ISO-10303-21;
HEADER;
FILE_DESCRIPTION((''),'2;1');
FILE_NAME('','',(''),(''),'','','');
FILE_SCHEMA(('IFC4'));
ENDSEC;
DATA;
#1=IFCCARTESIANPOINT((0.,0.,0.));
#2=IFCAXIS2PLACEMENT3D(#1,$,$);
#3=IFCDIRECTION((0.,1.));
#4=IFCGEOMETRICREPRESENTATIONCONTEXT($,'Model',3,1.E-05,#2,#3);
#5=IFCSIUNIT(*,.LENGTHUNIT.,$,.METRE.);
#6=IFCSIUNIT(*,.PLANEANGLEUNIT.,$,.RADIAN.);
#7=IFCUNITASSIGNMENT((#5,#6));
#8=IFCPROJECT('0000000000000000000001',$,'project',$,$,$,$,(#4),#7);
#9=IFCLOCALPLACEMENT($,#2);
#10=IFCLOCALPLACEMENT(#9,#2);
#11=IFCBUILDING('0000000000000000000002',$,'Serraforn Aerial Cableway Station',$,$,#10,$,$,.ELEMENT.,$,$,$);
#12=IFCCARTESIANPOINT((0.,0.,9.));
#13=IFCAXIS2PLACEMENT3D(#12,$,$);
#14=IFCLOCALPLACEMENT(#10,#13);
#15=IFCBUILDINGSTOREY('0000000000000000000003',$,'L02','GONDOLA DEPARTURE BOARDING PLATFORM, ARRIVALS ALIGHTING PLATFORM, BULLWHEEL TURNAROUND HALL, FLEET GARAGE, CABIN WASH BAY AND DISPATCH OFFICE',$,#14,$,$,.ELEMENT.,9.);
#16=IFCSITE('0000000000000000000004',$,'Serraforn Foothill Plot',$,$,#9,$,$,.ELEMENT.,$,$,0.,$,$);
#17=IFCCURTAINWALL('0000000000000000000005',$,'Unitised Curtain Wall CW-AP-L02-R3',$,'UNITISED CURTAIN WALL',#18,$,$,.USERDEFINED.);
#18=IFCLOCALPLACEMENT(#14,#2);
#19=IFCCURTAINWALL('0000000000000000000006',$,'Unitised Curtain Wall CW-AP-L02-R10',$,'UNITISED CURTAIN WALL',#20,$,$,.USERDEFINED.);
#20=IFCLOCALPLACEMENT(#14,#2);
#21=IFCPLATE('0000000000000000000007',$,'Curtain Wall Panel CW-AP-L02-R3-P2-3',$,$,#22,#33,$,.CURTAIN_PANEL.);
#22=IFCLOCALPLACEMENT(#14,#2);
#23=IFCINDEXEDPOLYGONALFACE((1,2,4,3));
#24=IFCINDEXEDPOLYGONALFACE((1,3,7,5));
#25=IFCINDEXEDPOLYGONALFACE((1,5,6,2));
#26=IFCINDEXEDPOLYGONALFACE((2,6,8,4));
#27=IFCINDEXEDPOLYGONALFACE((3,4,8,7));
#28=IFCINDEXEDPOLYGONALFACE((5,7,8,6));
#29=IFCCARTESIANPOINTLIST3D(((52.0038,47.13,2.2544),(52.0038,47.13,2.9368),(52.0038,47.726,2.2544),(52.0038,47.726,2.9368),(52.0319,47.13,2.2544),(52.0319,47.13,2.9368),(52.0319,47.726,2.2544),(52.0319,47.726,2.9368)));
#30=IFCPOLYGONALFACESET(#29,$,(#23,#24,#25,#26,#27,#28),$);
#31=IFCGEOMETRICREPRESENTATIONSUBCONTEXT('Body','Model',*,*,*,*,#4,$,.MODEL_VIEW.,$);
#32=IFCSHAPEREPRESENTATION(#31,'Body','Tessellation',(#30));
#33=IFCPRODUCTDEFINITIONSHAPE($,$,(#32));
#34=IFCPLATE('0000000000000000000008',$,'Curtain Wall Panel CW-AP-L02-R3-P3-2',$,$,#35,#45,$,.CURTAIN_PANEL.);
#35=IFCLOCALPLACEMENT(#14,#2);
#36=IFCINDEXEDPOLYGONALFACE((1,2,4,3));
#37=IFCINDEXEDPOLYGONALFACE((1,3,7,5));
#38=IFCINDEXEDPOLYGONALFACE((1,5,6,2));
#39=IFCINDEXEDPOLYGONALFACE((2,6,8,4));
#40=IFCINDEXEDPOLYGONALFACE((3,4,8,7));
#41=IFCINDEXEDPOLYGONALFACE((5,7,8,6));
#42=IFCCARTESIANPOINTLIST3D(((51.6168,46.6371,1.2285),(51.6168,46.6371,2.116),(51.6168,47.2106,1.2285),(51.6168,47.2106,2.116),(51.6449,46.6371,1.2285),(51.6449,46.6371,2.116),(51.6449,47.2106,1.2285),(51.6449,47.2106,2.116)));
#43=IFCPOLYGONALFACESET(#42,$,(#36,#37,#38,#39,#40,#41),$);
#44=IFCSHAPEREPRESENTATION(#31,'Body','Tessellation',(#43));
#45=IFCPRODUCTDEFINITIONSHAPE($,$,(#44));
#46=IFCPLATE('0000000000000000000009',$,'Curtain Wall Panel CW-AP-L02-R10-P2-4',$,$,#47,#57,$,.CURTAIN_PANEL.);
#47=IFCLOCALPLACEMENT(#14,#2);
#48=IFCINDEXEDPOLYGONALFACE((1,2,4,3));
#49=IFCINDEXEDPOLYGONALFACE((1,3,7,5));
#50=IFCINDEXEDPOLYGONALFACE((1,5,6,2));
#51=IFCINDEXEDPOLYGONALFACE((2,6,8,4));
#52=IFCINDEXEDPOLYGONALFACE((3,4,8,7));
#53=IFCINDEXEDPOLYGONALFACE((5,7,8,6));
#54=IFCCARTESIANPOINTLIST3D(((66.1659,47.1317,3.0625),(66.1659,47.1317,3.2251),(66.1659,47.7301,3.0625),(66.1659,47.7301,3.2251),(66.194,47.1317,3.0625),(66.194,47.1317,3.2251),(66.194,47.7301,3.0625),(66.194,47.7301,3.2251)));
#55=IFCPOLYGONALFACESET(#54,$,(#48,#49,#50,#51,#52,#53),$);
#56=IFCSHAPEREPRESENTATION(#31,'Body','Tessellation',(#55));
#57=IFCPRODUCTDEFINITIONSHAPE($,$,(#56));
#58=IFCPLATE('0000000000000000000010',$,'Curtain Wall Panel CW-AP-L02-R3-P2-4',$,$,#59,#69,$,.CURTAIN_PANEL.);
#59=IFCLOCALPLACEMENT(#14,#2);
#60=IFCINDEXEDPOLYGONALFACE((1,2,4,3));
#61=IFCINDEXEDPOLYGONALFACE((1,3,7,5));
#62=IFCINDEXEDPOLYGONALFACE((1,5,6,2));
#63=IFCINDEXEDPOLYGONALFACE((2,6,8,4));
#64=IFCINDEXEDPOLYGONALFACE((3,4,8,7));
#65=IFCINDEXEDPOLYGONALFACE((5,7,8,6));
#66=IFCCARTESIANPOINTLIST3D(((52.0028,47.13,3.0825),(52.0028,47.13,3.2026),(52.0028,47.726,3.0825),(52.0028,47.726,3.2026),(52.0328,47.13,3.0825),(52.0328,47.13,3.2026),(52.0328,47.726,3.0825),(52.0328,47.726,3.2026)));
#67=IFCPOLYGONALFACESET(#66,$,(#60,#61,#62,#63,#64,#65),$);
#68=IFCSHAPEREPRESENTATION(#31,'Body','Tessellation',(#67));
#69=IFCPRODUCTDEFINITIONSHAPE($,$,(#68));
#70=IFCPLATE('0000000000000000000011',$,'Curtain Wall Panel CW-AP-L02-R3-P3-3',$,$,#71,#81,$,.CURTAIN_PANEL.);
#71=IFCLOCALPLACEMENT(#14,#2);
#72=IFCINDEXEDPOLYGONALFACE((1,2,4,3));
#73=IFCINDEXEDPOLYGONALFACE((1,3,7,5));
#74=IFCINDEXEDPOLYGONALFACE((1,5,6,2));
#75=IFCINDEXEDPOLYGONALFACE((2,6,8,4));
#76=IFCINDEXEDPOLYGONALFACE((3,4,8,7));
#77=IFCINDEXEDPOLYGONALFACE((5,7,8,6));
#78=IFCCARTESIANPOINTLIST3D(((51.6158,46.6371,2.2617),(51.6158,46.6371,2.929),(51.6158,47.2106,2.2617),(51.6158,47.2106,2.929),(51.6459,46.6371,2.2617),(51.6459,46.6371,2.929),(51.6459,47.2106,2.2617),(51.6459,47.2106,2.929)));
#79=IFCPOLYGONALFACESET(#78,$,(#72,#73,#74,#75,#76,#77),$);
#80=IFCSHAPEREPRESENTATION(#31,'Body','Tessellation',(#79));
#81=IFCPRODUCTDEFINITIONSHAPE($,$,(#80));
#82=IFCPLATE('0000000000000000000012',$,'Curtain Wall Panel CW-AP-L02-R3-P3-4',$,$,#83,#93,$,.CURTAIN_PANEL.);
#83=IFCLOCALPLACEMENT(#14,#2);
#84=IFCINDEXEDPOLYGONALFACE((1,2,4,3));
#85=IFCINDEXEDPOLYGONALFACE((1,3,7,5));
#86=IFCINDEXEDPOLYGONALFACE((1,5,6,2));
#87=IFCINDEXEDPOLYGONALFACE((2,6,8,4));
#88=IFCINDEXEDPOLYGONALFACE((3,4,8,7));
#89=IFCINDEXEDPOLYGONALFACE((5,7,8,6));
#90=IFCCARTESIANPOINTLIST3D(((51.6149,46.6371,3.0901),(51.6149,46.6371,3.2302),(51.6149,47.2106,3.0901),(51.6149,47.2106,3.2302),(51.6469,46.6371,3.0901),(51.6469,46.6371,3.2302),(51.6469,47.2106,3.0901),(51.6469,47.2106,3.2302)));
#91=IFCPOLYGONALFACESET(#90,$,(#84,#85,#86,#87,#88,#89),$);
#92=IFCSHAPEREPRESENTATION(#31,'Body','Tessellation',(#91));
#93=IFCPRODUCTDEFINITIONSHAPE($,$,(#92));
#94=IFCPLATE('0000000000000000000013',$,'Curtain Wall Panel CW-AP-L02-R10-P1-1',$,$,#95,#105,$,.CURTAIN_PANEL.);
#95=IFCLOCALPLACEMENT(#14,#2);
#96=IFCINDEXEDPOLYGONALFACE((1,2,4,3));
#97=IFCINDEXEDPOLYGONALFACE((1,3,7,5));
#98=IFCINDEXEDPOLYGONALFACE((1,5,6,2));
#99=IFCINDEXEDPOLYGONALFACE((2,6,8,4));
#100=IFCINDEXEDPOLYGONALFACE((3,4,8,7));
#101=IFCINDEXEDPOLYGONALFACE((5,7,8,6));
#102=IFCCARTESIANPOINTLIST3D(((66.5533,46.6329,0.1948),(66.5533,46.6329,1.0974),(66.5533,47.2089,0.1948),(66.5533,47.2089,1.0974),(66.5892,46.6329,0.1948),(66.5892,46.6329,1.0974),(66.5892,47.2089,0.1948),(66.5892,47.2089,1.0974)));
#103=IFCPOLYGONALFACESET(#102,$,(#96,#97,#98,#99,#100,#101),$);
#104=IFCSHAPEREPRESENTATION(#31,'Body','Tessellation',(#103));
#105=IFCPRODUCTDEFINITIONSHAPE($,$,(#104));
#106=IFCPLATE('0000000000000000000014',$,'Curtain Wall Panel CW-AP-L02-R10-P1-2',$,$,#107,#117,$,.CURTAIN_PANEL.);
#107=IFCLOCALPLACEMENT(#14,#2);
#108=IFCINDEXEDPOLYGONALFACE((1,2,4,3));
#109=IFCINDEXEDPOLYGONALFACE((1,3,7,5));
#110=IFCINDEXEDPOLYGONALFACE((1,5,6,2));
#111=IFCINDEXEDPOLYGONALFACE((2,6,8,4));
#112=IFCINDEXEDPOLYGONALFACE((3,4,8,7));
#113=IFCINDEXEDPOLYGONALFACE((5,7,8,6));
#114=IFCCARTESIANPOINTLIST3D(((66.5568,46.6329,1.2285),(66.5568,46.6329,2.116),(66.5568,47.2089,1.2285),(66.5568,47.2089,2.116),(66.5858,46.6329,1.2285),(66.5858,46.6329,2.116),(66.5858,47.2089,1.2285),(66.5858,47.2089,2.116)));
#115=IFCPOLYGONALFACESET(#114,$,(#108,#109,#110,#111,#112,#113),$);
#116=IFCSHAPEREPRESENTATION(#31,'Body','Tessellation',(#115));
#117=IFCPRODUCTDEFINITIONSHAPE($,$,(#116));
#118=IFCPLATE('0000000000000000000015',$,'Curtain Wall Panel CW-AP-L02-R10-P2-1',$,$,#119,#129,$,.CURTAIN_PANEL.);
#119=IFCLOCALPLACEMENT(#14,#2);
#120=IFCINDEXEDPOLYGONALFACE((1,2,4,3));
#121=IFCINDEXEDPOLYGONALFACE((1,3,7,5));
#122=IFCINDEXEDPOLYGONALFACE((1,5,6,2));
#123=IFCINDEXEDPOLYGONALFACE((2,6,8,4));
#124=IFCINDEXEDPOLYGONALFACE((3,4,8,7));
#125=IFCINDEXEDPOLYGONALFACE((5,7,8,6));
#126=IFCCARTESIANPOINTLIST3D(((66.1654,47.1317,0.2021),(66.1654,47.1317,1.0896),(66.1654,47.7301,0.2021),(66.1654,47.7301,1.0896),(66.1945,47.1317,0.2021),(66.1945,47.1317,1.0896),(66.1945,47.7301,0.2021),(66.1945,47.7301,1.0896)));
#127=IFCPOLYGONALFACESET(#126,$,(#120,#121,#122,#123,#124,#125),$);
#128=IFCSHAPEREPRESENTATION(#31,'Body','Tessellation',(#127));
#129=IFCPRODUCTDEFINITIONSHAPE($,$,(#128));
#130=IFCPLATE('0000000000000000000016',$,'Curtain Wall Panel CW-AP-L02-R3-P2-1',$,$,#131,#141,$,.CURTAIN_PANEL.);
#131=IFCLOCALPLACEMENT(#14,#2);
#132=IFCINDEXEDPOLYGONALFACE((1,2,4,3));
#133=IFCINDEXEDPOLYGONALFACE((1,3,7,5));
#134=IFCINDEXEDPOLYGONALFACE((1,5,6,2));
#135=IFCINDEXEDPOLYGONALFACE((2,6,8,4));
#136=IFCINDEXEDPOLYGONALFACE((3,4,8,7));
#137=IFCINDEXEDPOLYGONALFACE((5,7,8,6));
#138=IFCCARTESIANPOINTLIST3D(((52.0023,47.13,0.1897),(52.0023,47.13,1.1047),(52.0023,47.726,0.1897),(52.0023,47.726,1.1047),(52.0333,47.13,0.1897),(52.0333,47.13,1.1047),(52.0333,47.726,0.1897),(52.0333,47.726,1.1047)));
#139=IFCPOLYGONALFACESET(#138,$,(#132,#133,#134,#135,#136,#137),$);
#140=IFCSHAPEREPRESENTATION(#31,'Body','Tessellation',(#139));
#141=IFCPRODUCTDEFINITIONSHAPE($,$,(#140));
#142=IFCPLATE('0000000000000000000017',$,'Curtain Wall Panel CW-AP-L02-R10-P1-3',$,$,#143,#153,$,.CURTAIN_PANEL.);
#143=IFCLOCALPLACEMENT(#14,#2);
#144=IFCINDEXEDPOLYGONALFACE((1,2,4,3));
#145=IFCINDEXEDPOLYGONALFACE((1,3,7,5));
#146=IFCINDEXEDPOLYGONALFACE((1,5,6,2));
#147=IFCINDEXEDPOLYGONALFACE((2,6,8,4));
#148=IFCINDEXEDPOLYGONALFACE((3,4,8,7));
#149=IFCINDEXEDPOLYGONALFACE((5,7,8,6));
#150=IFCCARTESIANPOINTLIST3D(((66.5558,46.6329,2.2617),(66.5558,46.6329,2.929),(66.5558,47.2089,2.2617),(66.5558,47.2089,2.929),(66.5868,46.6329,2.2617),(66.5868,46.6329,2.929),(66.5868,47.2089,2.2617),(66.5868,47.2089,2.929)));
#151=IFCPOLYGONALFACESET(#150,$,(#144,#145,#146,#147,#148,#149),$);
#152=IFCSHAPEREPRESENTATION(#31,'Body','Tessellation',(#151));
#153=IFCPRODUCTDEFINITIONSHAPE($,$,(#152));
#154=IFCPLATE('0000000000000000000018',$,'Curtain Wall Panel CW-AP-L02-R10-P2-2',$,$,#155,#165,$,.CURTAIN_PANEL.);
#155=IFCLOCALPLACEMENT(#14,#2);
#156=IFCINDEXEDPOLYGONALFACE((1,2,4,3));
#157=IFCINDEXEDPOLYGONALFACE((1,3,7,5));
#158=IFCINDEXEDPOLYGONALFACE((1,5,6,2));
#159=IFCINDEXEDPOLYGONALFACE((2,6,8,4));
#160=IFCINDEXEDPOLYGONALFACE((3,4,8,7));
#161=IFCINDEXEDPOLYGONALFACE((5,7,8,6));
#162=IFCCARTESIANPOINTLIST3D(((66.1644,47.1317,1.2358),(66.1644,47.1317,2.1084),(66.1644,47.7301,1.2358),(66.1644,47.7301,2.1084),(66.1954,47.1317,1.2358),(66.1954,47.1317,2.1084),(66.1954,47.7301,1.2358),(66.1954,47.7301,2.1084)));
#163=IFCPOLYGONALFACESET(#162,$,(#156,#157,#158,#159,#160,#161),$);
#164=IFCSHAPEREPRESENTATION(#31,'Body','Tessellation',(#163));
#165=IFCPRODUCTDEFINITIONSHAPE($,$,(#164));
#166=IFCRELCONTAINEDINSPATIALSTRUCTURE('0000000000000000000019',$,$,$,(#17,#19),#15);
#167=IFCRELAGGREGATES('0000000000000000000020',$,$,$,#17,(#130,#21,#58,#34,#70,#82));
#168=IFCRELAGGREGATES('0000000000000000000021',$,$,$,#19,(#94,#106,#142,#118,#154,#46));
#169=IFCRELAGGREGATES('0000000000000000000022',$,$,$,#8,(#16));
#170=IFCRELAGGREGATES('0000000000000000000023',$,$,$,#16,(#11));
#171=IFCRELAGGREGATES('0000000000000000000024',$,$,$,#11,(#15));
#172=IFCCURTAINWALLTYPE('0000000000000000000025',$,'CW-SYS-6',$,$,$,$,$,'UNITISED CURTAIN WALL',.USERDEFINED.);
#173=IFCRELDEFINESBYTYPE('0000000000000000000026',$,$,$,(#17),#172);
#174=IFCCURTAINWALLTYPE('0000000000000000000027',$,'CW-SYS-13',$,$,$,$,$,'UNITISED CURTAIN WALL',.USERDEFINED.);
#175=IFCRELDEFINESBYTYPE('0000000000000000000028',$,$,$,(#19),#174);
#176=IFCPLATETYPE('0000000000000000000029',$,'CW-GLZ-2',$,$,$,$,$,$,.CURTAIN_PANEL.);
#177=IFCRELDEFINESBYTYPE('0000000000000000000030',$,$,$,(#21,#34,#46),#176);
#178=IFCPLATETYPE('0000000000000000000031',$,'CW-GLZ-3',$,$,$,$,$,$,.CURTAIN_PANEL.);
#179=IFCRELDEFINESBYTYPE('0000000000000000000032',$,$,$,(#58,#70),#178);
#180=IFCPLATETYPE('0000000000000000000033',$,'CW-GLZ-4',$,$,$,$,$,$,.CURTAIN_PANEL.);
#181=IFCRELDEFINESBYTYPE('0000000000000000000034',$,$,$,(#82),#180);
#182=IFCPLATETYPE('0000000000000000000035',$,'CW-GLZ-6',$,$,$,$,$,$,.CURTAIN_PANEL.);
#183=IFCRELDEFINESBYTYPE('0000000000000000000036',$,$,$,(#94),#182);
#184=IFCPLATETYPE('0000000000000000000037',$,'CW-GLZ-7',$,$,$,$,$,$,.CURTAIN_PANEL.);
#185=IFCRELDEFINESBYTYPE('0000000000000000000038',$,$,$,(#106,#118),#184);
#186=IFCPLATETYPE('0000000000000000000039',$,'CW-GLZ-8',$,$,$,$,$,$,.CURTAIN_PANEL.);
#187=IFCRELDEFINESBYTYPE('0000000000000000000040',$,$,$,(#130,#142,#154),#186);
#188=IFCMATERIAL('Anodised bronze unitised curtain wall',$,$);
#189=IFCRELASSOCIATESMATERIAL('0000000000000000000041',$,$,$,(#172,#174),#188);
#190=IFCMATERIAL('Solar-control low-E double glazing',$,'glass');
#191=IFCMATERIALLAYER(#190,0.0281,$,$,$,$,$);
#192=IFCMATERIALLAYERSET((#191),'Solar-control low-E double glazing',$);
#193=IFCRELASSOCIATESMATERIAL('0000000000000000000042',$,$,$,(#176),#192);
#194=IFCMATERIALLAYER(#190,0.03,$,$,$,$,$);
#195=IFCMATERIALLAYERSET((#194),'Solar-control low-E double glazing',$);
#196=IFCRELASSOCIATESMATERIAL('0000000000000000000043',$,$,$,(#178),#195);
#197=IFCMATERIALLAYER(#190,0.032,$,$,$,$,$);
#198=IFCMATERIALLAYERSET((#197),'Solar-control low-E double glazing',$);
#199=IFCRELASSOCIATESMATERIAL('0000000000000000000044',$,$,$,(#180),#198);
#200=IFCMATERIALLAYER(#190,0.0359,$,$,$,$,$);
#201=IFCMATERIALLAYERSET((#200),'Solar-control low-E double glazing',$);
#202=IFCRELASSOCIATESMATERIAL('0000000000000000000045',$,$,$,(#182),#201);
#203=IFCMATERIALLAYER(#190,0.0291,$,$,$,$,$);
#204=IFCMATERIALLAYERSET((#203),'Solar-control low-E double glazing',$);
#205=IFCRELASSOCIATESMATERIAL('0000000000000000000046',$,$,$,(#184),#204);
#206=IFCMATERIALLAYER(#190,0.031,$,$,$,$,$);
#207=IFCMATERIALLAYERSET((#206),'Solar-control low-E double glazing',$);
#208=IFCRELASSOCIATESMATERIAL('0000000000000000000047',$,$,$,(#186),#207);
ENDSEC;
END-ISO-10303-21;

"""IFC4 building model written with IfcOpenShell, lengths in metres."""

from ifc_helpers import new_model, si_unit, direction, frame, origin, origin_2d, place, context, subcontext, project, spatial, rectangle, extrude, material, layer, layer_set, type_object, element, aggregate, save


model = new_model("IFC4")

# Units and contexts
model_context = context("Model", 3, precision=1e-05, world=origin(), true_north=direction((0.0, 1.0)))
body_context = subcontext(model_context, "Body", "Model", "MODEL_VIEW")
ifc_project = project(units=[si_unit("LENGTHUNIT", "METRE"), si_unit("PLANEANGLEUNIT", "RADIAN")], contexts=[model_context])

# Site, building, storey
site_placement = place(None, origin())
site = spatial("IfcSite", under=ifc_project, at=site_placement, Name="Serraforn Foothill Plot", CompositionType="ELEMENT", RefElevation=0.0)
building_placement = place(site_placement, origin())
building = spatial("IfcBuilding", under=site, at=building_placement, Name="Serraforn Aerial Cableway Station", CompositionType="ELEMENT")
storey_placement = place(building_placement, frame((0.0, 0.0, 9.0)))
storey = spatial("IfcBuildingStorey", under=building, at=storey_placement, Name="L02", Description="GONDOLA DEPARTURE BOARDING PLATFORM, ARRIVALS ALIGHTING PLATFORM, BULLWHEEL TURNAROUND HALL, FLEET GARAGE, CABIN WASH BAY AND DISPATCH OFFICE", CompositionType="ELEMENT", Elevation=9.0)

# Curtain walls
ifc_material_1 = material(Name="Anodised bronze unitised curtain wall")
curtain_wall_type_1 = type_object("IfcCurtainWallType", Name="CW-SYS-6", ElementType="UNITISED CURTAIN WALL", PredefinedType="USERDEFINED", material=ifc_material_1)
curtain_wall_1_placement = place(storey_placement, origin())
curtain_wall_1 = element("IfcCurtainWall", 1, at=curtain_wall_1_placement, inside=storey, type_object=curtain_wall_type_1, Name="Unitised Curtain Wall CW-AP-L02-R3", ObjectType="UNITISED CURTAIN WALL", PredefinedType="USERDEFINED")
curtain_wall_type_2 = type_object("IfcCurtainWallType", Name="CW-SYS-13", ElementType="UNITISED CURTAIN WALL", PredefinedType="USERDEFINED", material=ifc_material_1)
curtain_wall_2_placement = place(storey_placement, origin())
curtain_wall_2 = element("IfcCurtainWall", 2, at=curtain_wall_2_placement, inside=storey, type_object=curtain_wall_type_2, Name="Unitised Curtain Wall CW-AP-L02-R10", ObjectType="UNITISED CURTAIN WALL", PredefinedType="USERDEFINED")

# Plates
ifc_material_2 = material(Name="Solar-control low-E double glazing", Category="glass")
ifc_layer_1 = layer(ifc_material_2, 0.0281)
ifc_layer_set_1 = layer_set([ifc_layer_1], Name="Solar-control low-E double glazing")
plate_type_1 = type_object("IfcPlateType", Name="CW-GLZ-2", PredefinedType="CURTAIN_PANEL", material=ifc_layer_set_1)
plate_1_placement = place(storey_placement, frame((52.0178, 47.428, 2.2544), z_axis=(0.0, 0.0, 1.0), x_axis=(1.0, 0.0, 0.0)))
plate_1 = element("IfcPlate", 3, at=plate_1_placement, type_object=plate_type_1, Name="Curtain Wall Panel CW-AP-L02-R3-P2-3", PredefinedType="CURTAIN_PANEL", context=body_context, shape_type="SweptSolid", body=[
    extrude(rectangle(XDim=0.0281, YDim=0.5959, at=origin_2d()), origin(), (0.0, 0.0, 1.0), 0.6824),
])
plate_2_placement = place(storey_placement, frame((51.6309, 46.9238, 1.2285), z_axis=(0.0, 0.0, 1.0), x_axis=(1.0, 0.0, 0.0)))
plate_2 = element("IfcPlate", 4, at=plate_2_placement, type_object=plate_type_1, Name="Curtain Wall Panel CW-AP-L02-R3-P3-2", PredefinedType="CURTAIN_PANEL", context=body_context, shape_type="SweptSolid", body=[
    extrude(rectangle(XDim=0.0281, YDim=0.5735, at=origin_2d()), origin(), (0.0, 0.0, 1.0), 0.8875),
])
plate_3_placement = place(storey_placement, frame((66.1799, 47.4309, 3.0625), z_axis=(0.0, 0.0, 1.0), x_axis=(1.0, 0.0, 0.0)))
plate_3 = element("IfcPlate", 5, at=plate_3_placement, type_object=plate_type_1, Name="Curtain Wall Panel CW-AP-L02-R10-P2-4", PredefinedType="CURTAIN_PANEL", context=body_context, shape_type="SweptSolid", body=[
    extrude(rectangle(XDim=0.0281, YDim=0.5984, at=origin_2d()), origin(), (0.0, 0.0, 1.0), 0.1626),
])
ifc_layer_2 = layer(ifc_material_2, 0.03)
ifc_layer_set_2 = layer_set([ifc_layer_2], Name="Solar-control low-E double glazing")
plate_type_2 = type_object("IfcPlateType", Name="CW-GLZ-3", PredefinedType="CURTAIN_PANEL", material=ifc_layer_set_2)
plate_4_placement = place(storey_placement, frame((52.0178, 47.428, 3.0825), z_axis=(0.0, 0.0, 1.0), x_axis=(1.0, 0.0, 0.0)))
plate_4 = element("IfcPlate", 6, at=plate_4_placement, type_object=plate_type_2, Name="Curtain Wall Panel CW-AP-L02-R3-P2-4", PredefinedType="CURTAIN_PANEL", context=body_context, shape_type="SweptSolid", body=[
    extrude(rectangle(XDim=0.03, YDim=0.5959, at=origin_2d()), origin(), (0.0, 0.0, 1.0), 0.1201),
])
plate_5_placement = place(storey_placement, frame((51.6309, 46.9238, 2.2617), z_axis=(0.0, 0.0, 1.0), x_axis=(1.0, 0.0, 0.0)))
plate_5 = element("IfcPlate", 7, at=plate_5_placement, type_object=plate_type_2, Name="Curtain Wall Panel CW-AP-L02-R3-P3-3", PredefinedType="CURTAIN_PANEL", context=body_context, shape_type="SweptSolid", body=[
    extrude(rectangle(XDim=0.03, YDim=0.5735, at=origin_2d()), origin(), (0.0, 0.0, 1.0), 0.6672),
])
ifc_layer_3 = layer(ifc_material_2, 0.032)
ifc_layer_set_3 = layer_set([ifc_layer_3], Name="Solar-control low-E double glazing")
plate_type_3 = type_object("IfcPlateType", Name="CW-GLZ-4", PredefinedType="CURTAIN_PANEL", material=ifc_layer_set_3)
plate_6_placement = place(storey_placement, frame((51.6309, 46.9238, 3.0901), z_axis=(0.0, 0.0, 1.0), x_axis=(1.0, 0.0, 0.0)))
plate_6 = element("IfcPlate", 8, at=plate_6_placement, type_object=plate_type_3, Name="Curtain Wall Panel CW-AP-L02-R3-P3-4", PredefinedType="CURTAIN_PANEL", context=body_context, shape_type="SweptSolid", body=[
    extrude(rectangle(XDim=0.032, YDim=0.5735, at=origin_2d()), origin(), (0.0, 0.0, 1.0), 0.1401),
])
ifc_layer_4 = layer(ifc_material_2, 0.0359)
ifc_layer_set_4 = layer_set([ifc_layer_4], Name="Solar-control low-E double glazing")
plate_type_4 = type_object("IfcPlateType", Name="CW-GLZ-6", PredefinedType="CURTAIN_PANEL", material=ifc_layer_set_4)
plate_7_placement = place(storey_placement, frame((66.5713, 46.9209, 0.1948), z_axis=(0.0, 0.0, 1.0), x_axis=(1.0, 0.0, 0.0)))
plate_7 = element("IfcPlate", 9, at=plate_7_placement, type_object=plate_type_4, Name="Curtain Wall Panel CW-AP-L02-R10-P1-1", PredefinedType="CURTAIN_PANEL", context=body_context, shape_type="SweptSolid", body=[
    extrude(rectangle(XDim=0.0359, YDim=0.5759, at=origin_2d()), origin(), (0.0, 0.0, 1.0), 0.9026),
])
ifc_layer_5 = layer(ifc_material_2, 0.0291)
ifc_layer_set_5 = layer_set([ifc_layer_5], Name="Solar-control low-E double glazing")
plate_type_5 = type_object("IfcPlateType", Name="CW-GLZ-7", PredefinedType="CURTAIN_PANEL", material=ifc_layer_set_5)
plate_8_placement = place(storey_placement, frame((66.5713, 46.9209, 1.2285), z_axis=(0.0, 0.0, 1.0), x_axis=(1.0, 0.0, 0.0)))
plate_8 = element("IfcPlate", 10, at=plate_8_placement, type_object=plate_type_5, Name="Curtain Wall Panel CW-AP-L02-R10-P1-2", PredefinedType="CURTAIN_PANEL", context=body_context, shape_type="SweptSolid", body=[
    extrude(rectangle(XDim=0.0291, YDim=0.5759, at=origin_2d()), origin(), (0.0, 0.0, 1.0), 0.8875),
])
plate_9_placement = place(storey_placement, frame((66.1799, 47.4309, 0.2021), z_axis=(0.0, 0.0, 1.0), x_axis=(1.0, 0.0, 0.0)))
plate_9 = element("IfcPlate", 11, at=plate_9_placement, type_object=plate_type_5, Name="Curtain Wall Panel CW-AP-L02-R10-P2-1", PredefinedType="CURTAIN_PANEL", context=body_context, shape_type="SweptSolid", body=[
    extrude(rectangle(XDim=0.0291, YDim=0.5984, at=origin_2d()), origin(), (0.0, 0.0, 1.0), 0.8875),
])
ifc_layer_6 = layer(ifc_material_2, 0.031)
ifc_layer_set_6 = layer_set([ifc_layer_6], Name="Solar-control low-E double glazing")
plate_type_6 = type_object("IfcPlateType", Name="CW-GLZ-8", PredefinedType="CURTAIN_PANEL", material=ifc_layer_set_6)
plate_10_placement = place(storey_placement, frame((52.0178, 47.428, 0.1897), z_axis=(0.0, 0.0, 1.0), x_axis=(1.0, 0.0, 0.0)))
plate_10 = element("IfcPlate", 12, at=plate_10_placement, type_object=plate_type_6, Name="Curtain Wall Panel CW-AP-L02-R3-P2-1", PredefinedType="CURTAIN_PANEL", context=body_context, shape_type="SweptSolid", body=[
    extrude(rectangle(XDim=0.031, YDim=0.5959, at=origin_2d()), origin(), (0.0, 0.0, 1.0), 0.915),
])
aggregate(curtain_wall_1, [plate_10, plate_1, plate_4, plate_2, plate_5, plate_6])
plate_11_placement = place(storey_placement, frame((66.5713, 46.9209, 2.2617), z_axis=(0.0, 0.0, 1.0), x_axis=(1.0, 0.0, 0.0)))
plate_11 = element("IfcPlate", 13, at=plate_11_placement, type_object=plate_type_6, Name="Curtain Wall Panel CW-AP-L02-R10-P1-3", PredefinedType="CURTAIN_PANEL", context=body_context, shape_type="SweptSolid", body=[
    extrude(rectangle(XDim=0.031, YDim=0.5759, at=origin_2d()), origin(), (0.0, 0.0, 1.0), 0.6672),
])
plate_12_placement = place(storey_placement, frame((66.1799, 47.4309, 1.2358), z_axis=(0.0, 0.0, 1.0), x_axis=(1.0, 0.0, 0.0)))
plate_12 = element("IfcPlate", 14, at=plate_12_placement, type_object=plate_type_6, Name="Curtain Wall Panel CW-AP-L02-R10-P2-2", PredefinedType="CURTAIN_PANEL", context=body_context, shape_type="SweptSolid", body=[
    extrude(rectangle(XDim=0.031, YDim=0.5984, at=origin_2d()), origin(), (0.0, 0.0, 1.0), 0.8726),
])
aggregate(curtain_wall_2, [plate_7, plate_8, plate_11, plate_9, plate_12, plate_3])

save(model, "model.ifc")
